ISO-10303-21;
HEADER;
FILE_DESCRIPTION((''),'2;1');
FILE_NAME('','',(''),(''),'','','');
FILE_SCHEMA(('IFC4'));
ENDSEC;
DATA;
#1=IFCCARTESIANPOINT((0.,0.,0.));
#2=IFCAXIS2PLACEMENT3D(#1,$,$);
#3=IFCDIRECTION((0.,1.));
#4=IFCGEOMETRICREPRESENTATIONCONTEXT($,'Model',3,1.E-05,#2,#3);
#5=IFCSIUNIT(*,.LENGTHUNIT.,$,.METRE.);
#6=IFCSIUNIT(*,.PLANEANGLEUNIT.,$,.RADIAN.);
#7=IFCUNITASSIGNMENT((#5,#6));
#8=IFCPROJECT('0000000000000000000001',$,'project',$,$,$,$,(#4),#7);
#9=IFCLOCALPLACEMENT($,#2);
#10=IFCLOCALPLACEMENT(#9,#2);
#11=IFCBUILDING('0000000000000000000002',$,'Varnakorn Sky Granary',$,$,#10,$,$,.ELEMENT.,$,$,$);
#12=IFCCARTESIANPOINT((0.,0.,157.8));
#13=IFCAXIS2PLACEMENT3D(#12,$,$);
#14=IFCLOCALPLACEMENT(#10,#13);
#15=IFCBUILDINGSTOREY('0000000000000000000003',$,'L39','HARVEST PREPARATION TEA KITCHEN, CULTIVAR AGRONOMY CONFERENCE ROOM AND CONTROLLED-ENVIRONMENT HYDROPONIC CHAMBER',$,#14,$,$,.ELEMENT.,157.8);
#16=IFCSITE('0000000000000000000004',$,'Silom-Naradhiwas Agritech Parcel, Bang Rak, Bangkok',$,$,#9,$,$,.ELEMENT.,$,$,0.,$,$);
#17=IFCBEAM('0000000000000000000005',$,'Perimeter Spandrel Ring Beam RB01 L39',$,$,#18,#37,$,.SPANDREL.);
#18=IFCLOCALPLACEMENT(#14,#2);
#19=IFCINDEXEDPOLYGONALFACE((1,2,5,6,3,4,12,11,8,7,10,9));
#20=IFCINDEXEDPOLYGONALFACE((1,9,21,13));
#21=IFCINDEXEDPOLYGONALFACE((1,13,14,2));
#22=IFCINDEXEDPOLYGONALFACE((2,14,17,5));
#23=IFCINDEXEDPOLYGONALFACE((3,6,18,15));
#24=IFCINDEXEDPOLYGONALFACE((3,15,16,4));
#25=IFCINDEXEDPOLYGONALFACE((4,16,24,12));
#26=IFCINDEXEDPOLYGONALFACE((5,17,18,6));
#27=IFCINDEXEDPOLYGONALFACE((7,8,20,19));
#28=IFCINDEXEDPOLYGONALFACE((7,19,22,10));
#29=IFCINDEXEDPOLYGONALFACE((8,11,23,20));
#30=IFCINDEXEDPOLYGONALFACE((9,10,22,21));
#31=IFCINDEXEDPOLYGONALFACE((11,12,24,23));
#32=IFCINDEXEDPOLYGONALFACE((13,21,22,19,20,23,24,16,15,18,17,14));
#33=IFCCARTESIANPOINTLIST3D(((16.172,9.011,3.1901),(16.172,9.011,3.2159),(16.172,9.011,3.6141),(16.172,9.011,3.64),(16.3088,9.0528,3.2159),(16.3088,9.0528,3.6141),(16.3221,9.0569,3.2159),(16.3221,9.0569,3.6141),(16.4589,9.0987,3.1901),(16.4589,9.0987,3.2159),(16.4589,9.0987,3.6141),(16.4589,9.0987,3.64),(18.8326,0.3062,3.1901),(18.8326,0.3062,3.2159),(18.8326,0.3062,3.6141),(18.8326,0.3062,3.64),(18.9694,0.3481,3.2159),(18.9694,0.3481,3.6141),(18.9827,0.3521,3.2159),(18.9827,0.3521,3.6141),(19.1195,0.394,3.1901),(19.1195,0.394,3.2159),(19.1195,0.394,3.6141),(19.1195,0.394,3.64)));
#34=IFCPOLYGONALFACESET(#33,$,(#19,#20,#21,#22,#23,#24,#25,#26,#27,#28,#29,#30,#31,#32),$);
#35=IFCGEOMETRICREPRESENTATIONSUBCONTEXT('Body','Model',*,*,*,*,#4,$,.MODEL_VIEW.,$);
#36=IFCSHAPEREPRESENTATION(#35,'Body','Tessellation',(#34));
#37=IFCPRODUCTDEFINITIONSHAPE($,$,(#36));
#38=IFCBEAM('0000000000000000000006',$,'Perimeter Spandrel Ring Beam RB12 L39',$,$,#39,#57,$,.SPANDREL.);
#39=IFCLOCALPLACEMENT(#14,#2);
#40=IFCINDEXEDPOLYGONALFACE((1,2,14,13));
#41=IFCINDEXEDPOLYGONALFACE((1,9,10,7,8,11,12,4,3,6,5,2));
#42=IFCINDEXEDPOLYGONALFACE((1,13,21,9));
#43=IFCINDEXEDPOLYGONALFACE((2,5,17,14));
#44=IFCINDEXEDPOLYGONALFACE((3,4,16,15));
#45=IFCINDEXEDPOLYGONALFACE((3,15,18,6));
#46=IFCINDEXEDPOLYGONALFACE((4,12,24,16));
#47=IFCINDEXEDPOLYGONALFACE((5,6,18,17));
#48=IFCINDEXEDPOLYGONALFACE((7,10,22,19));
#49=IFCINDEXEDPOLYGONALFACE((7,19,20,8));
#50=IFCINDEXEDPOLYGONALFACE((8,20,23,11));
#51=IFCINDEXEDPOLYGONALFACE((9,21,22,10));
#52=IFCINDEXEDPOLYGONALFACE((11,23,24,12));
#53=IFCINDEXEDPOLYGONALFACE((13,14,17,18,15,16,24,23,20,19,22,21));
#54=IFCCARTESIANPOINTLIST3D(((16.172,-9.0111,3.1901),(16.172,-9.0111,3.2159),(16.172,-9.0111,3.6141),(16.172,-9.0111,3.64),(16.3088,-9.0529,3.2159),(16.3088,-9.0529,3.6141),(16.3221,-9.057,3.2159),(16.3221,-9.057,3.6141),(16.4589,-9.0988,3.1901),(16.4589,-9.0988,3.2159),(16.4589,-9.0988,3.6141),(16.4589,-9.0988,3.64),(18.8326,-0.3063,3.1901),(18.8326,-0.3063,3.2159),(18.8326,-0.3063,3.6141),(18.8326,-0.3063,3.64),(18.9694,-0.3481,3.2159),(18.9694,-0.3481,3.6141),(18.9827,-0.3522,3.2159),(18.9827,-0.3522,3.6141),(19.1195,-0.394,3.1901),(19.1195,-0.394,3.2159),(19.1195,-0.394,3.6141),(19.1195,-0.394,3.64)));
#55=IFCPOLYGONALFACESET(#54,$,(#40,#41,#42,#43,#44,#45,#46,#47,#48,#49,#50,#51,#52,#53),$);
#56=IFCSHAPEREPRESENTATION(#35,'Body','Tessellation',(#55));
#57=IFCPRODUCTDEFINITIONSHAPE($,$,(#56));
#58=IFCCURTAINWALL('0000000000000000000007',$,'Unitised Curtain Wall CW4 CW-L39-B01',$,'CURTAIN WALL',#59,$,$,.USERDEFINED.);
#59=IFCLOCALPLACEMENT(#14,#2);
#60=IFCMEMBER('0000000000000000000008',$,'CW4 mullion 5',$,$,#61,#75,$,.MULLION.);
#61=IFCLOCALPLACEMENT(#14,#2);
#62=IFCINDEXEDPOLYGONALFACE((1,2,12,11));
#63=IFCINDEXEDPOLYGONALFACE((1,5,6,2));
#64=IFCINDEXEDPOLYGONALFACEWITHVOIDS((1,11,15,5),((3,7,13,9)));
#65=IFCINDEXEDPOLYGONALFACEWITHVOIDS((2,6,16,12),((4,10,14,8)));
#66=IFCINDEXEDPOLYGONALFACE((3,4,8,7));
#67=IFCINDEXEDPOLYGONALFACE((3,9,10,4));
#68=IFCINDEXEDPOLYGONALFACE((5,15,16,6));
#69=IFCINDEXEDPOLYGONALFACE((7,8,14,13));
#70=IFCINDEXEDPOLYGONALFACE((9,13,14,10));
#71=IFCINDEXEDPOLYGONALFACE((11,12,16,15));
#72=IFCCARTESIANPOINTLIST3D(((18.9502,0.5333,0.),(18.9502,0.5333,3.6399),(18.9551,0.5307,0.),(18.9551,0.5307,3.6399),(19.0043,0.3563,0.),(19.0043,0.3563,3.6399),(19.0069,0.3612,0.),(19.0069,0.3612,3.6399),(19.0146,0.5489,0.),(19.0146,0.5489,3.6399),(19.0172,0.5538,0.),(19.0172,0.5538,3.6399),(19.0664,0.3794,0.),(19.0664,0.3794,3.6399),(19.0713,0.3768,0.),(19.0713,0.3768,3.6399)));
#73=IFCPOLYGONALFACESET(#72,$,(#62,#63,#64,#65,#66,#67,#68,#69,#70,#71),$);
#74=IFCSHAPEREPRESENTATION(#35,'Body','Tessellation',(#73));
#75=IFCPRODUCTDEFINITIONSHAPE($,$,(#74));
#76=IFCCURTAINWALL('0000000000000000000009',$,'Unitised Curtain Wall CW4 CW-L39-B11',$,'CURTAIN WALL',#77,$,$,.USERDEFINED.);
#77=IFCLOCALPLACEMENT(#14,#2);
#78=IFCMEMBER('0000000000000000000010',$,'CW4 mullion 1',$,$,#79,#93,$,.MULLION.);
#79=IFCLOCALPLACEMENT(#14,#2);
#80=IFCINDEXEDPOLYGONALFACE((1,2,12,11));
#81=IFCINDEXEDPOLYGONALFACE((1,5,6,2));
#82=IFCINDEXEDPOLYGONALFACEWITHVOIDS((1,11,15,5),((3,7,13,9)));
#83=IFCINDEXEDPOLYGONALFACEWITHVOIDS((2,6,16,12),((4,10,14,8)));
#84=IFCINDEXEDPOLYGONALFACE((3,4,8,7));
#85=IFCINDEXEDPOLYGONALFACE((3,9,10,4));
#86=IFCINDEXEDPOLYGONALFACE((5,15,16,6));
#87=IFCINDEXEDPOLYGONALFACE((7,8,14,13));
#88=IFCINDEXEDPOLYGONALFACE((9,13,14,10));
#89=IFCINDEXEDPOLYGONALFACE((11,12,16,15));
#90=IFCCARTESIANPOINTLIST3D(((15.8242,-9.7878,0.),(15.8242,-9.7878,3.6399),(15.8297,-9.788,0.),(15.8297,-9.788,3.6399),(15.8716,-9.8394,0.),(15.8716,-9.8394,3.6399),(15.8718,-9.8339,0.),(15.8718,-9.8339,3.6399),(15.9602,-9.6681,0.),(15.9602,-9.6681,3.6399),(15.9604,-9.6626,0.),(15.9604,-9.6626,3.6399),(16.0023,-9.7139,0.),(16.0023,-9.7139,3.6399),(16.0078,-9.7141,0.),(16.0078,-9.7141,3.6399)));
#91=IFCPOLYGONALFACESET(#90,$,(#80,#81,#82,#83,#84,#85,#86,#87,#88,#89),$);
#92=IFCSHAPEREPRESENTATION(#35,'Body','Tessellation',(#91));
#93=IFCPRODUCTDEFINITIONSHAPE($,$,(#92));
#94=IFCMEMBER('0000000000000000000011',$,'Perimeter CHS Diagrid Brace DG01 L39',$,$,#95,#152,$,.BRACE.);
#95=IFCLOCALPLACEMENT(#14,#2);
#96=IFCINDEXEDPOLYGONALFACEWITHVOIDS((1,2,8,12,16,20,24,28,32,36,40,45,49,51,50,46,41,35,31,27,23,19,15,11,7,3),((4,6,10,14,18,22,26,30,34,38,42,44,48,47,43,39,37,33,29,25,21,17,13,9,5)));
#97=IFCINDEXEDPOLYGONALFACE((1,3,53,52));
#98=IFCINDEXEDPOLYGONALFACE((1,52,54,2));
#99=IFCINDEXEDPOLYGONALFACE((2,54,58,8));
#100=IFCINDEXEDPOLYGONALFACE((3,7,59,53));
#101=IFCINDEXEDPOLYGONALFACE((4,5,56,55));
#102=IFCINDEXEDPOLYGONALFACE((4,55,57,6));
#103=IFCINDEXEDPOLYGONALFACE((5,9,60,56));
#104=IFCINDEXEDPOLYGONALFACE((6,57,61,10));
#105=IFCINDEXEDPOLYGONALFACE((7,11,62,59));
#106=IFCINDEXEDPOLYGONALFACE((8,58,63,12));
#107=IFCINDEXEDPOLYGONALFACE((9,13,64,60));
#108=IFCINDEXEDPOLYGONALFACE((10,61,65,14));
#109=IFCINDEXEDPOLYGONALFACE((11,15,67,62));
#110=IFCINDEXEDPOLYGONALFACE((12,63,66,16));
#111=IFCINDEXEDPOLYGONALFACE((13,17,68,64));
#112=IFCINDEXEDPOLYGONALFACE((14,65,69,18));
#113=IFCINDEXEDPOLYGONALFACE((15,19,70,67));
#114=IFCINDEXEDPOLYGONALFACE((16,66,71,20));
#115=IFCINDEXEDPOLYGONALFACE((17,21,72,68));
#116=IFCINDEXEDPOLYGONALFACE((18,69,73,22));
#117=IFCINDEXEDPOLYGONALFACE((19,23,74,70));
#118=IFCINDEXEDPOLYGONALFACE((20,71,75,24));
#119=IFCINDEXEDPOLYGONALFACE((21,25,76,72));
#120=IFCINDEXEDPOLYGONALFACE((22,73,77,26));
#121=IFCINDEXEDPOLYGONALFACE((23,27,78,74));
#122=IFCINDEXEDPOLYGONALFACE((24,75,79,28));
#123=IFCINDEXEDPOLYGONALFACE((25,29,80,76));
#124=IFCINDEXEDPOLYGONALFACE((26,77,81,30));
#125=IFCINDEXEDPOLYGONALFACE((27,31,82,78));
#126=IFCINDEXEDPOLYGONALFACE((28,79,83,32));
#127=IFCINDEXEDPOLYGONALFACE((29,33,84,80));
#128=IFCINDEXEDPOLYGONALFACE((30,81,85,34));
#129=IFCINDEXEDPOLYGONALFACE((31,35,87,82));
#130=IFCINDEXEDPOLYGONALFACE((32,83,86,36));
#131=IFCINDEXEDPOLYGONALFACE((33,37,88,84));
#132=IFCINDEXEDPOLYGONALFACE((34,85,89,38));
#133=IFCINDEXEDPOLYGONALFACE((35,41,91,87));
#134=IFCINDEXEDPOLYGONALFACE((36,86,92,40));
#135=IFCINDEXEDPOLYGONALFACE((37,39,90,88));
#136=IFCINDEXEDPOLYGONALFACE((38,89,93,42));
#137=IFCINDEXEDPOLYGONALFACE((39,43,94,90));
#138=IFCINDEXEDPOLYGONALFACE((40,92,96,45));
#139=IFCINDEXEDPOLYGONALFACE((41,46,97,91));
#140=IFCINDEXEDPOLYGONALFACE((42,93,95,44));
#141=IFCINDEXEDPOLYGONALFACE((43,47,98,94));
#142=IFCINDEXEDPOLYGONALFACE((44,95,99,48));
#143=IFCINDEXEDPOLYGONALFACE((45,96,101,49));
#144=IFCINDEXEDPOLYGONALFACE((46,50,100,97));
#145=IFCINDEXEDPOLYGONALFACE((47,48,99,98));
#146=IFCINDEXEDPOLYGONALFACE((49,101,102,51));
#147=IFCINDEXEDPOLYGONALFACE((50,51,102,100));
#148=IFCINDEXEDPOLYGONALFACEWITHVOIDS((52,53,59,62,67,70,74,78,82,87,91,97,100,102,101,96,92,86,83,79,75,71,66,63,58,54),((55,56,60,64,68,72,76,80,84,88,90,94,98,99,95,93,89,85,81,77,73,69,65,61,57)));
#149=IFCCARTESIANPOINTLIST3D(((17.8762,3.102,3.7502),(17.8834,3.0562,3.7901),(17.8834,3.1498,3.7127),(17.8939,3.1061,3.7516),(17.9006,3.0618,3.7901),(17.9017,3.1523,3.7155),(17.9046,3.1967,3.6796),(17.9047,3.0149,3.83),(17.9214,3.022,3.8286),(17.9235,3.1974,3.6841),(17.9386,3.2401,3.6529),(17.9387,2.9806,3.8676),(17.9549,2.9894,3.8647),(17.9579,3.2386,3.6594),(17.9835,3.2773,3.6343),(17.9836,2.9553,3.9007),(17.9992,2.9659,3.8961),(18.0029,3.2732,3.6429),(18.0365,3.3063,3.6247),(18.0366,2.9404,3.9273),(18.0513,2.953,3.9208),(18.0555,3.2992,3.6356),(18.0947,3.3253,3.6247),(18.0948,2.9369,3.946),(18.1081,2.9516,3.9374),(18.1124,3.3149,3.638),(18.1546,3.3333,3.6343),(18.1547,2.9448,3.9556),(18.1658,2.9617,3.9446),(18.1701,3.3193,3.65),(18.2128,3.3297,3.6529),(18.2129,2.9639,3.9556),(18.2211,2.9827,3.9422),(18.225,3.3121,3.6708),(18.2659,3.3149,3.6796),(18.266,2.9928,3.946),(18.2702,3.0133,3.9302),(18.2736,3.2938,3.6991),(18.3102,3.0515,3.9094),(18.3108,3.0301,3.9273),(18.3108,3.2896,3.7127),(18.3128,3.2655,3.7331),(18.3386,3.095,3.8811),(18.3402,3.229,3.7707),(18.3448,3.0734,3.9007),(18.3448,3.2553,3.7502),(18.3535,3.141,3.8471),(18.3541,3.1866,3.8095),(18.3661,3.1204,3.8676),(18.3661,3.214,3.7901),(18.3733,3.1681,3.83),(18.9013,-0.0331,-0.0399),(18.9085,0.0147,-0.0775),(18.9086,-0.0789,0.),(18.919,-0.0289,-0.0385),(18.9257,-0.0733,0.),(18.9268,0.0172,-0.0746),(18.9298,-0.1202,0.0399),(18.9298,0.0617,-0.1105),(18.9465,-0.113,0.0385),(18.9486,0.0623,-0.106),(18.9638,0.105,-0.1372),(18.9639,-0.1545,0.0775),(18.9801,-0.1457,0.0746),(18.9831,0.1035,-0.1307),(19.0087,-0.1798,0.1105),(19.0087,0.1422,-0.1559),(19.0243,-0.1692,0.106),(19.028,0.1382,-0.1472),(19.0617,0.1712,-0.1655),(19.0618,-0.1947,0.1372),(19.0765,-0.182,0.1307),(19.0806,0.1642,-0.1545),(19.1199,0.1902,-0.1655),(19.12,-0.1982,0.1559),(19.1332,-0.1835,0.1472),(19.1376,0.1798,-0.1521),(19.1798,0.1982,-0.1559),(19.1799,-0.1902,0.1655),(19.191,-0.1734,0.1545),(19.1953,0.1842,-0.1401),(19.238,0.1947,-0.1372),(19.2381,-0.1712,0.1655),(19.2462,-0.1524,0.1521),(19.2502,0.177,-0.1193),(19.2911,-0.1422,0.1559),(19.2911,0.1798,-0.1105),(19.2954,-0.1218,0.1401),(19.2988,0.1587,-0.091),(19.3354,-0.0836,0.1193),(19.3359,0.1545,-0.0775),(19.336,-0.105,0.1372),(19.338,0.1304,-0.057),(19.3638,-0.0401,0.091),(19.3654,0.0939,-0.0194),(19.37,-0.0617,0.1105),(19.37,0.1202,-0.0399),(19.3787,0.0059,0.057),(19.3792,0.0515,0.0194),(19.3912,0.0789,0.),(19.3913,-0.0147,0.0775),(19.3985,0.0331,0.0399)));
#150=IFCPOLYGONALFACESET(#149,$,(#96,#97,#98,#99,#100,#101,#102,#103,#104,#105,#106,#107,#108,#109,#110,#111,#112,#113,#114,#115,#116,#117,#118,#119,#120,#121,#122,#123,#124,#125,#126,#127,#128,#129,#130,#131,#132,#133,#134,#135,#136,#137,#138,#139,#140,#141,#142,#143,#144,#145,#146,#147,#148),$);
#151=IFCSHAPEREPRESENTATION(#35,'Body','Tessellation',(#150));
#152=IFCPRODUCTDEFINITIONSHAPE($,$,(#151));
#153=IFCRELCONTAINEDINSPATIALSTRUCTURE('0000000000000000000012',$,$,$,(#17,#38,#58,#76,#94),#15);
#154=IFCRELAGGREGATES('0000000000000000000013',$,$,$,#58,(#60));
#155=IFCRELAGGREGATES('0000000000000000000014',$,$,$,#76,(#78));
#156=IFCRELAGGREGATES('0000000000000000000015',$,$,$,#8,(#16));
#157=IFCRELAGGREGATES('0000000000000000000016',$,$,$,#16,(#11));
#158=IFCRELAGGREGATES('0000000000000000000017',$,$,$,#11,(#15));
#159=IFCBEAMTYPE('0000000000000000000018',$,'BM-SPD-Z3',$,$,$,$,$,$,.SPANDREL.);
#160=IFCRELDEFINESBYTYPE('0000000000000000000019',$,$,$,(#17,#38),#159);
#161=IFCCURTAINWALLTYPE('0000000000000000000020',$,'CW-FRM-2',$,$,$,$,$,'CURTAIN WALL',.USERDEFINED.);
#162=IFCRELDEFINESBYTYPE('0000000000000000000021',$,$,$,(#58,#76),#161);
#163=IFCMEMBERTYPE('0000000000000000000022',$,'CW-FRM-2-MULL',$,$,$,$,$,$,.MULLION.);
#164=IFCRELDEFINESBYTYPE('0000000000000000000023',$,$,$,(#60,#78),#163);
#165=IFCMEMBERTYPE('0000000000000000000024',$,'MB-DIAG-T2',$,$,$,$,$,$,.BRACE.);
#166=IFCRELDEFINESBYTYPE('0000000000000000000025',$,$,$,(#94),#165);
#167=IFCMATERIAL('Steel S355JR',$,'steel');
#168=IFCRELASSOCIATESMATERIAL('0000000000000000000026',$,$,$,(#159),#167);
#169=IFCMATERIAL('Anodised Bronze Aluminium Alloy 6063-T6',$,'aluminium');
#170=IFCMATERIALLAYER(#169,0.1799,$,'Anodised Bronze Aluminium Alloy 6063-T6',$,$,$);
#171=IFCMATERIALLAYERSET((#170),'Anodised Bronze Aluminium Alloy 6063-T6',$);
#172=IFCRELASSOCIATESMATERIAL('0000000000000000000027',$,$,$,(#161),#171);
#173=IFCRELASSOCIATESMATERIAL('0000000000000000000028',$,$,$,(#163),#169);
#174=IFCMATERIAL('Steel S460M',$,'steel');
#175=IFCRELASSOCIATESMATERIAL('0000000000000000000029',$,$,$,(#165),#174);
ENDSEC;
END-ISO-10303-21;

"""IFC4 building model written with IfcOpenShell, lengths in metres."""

from ifc_helpers import new_model, si_unit, direction, frame, origin, origin_2d, place, context, subcontext, project, spatial, hollow_rectangle, hollow_circle, i_section, extrude, material, layer, layer_set, material_profile, profile_set, type_object, element, aggregate, save


model = new_model("IFC4")

# Units and contexts
model_context = context("Model", 3, precision=1e-05, world=origin(), true_north=direction((0.0, 1.0)))
body_context = subcontext(model_context, "Body", "Model", "MODEL_VIEW")
ifc_project = project(units=[si_unit("LENGTHUNIT", "METRE"), si_unit("PLANEANGLEUNIT", "RADIAN")], contexts=[model_context])

# Site, building, storey
site_placement = place(None, origin())
site = spatial("IfcSite", under=ifc_project, at=site_placement, Name="Silom-Naradhiwas Agritech Parcel, Bang Rak, Bangkok", CompositionType="ELEMENT", RefElevation=0.0)
building_placement = place(site_placement, origin())
building = spatial("IfcBuilding", under=site, at=building_placement, Name="Varnakorn Sky Granary", CompositionType="ELEMENT")
storey_placement = place(building_placement, frame((0.0, 0.0, 157.8)))
storey = spatial("IfcBuildingStorey", under=building, at=storey_placement, Name="L39", Description="HARVEST PREPARATION TEA KITCHEN, CULTIVAR AGRONOMY CONFERENCE ROOM AND CONTROLLED-ENVIRONMENT HYDROPONIC CHAMBER", CompositionType="ELEMENT", Elevation=157.8)

# Shared definitions
ifc_material_1 = material(Name="Steel S460M", Category="steel")

# Beams
ifc_material_2 = material(Name="Steel S355JR", Category="steel")
ifc_material_profile_1 = material_profile(ifc_material_2, i_section(OverallWidth=0.3, OverallDepth=0.45, WebThickness=0.0139, FlangeThickness=0.0259, at=origin_2d()), Name="HE 450 B")
ifc_profile_set_1 = profile_set([ifc_material_profile_1], Name="Steel S355JR")
beam_type_1 = type_object("IfcBeamType", Name="BM-SPD-Z3", PredefinedType="SPANDREL", material=ifc_profile_set_1)
for number, where, z_axis, x_axis, name in (
    (1, (18.9761, 0.3501, 3.415), (-0.292302, 0.956326, 0.0), (-0.956326, -0.292302, 0.0), "Perimeter Spandrel Ring Beam RB01 L39"),
    (2, (16.3154, -9.0549, 3.415), (0.292302, 0.956326, 0.0), (-0.956326, 0.292302, 0.0), "Perimeter Spandrel Ring Beam RB12 L39"),
):
    element("IfcBeam", number, at=place(storey_placement, frame(where, z_axis=z_axis, x_axis=x_axis)), inside=storey, type_object=beam_type_1, Name=name, PredefinedType="SPANDREL", context=body_context, shape_type="SweptSolid", body=[
        extrude(i_section(OverallWidth=0.3, OverallDepth=0.45, WebThickness=0.0139, FlangeThickness=0.0259, at=origin_2d()), origin(), (0.0, 0.0, 1.0), 9.1023),
    ])

# Curtain walls, members
ifc_material_3 = material(Name="Anodised Bronze Aluminium Alloy 6063-T6", Category="aluminium")
ifc_layer_1 = layer(ifc_material_3, 0.1799, Name="Anodised Bronze Aluminium Alloy 6063-T6")
ifc_layer_set_1 = layer_set([ifc_layer_1], Name="Anodised Bronze Aluminium Alloy 6063-T6")
curtain_wall_type = type_object("IfcCurtainWallType", Name="CW-FRM-2", ElementType="CURTAIN WALL", PredefinedType="USERDEFINED", material=ifc_layer_set_1)
curtain_wall_1_placement = place(storey_placement, origin())
curtain_wall_1 = element("IfcCurtainWall", 3, at=curtain_wall_1_placement, inside=storey, type_object=curtain_wall_type, Name="Unitised Curtain Wall CW4 CW-L39-B01", ObjectType="CURTAIN WALL", PredefinedType="USERDEFINED")
ifc_material_profile_2 = material_profile(ifc_material_3, hollow_rectangle(XDim=0.0701, YDim=0.1851, WallThickness=0.0039, at=origin_2d()), Name="ALU MULL 70x185")
ifc_profile_set_2 = profile_set([ifc_material_profile_2], Name="Anodised Bronze Aluminium Alloy 6063-T6")
member_type_1 = type_object("IfcMemberType", Name="CW-FRM-2-MULL", PredefinedType="MULLION", material=ifc_profile_set_2)
member_1_placement = place(storey_placement, frame((19.0107, 0.4551, 0.0), z_axis=(0.0, 0.0, 1.0), x_axis=(0.956285, 0.292435, 0.0)))
member_1 = element("IfcMember", 4, at=member_1_placement, type_object=member_type_1, Name="CW4 mullion 5", PredefinedType="MULLION", context=body_context, shape_type="SweptSolid", body=[
    extrude(hollow_rectangle(XDim=0.0701, YDim=0.1851, WallThickness=0.0039, at=origin_2d()), origin(), (0.0, 0.0, 1.0), 3.6399),
])
aggregate(curtain_wall_1, [member_1])
curtain_wall_2_placement = place(storey_placement, origin())
curtain_wall_2 = element("IfcCurtainWall", 5, at=curtain_wall_2_placement, inside=storey, type_object=curtain_wall_type, Name="Unitised Curtain Wall CW4 CW-L39-B11", ObjectType="CURTAIN WALL", PredefinedType="USERDEFINED")
member_2_placement = place(storey_placement, frame((15.916, -9.751, 0.0), z_axis=(0.0, 0.0, 1.0), x_axis=(0.676758, -0.736205, 0.0)))
member_2 = element("IfcMember", 6, at=member_2_placement, type_object=member_type_1, Name="CW4 mullion 1", PredefinedType="MULLION", context=body_context, shape_type="SweptSolid", body=[
    extrude(hollow_rectangle(XDim=0.0701, YDim=0.1851, WallThickness=0.0039, at=origin_2d()), origin(), (0.0, 0.0, 1.0), 3.6399),
])
aggregate(curtain_wall_2, [member_2])

# Member
ifc_material_profile_3 = material_profile(ifc_material_1, hollow_circle(Radius=0.2539, WallThickness=0.0181, at=origin_2d()), Name="CHS 508x18")
ifc_profile_set_3 = profile_set([ifc_material_profile_3], Name="Steel S460M")
member_type_2 = type_object("IfcMemberType", Name="MB-DIAG-T2", PredefinedType="BRACE", material=ifc_profile_set_3)
for number, where, z_axis, x_axis, name in (
    (7, (19.1499, 0.0, 0.0), (-0.204038, 0.623969, 0.754341), (-0.950474, -0.310804, 0.0), "Perimeter CHS Diagrid Brace DG01 L39"),
):
    element("IfcMember", number, at=place(storey_placement, frame(where, z_axis=z_axis, x_axis=x_axis)), inside=storey, type_object=member_type_2, Name=name, PredefinedType="BRACE", context=body_context, shape_type="SweptSolid", body=[
        extrude(hollow_circle(Radius=0.2539, WallThickness=0.0181, at=origin_2d()), origin(), (0.0, 0.0, 1.0), 5.0244),
    ])

save(model, "model.ifc")
